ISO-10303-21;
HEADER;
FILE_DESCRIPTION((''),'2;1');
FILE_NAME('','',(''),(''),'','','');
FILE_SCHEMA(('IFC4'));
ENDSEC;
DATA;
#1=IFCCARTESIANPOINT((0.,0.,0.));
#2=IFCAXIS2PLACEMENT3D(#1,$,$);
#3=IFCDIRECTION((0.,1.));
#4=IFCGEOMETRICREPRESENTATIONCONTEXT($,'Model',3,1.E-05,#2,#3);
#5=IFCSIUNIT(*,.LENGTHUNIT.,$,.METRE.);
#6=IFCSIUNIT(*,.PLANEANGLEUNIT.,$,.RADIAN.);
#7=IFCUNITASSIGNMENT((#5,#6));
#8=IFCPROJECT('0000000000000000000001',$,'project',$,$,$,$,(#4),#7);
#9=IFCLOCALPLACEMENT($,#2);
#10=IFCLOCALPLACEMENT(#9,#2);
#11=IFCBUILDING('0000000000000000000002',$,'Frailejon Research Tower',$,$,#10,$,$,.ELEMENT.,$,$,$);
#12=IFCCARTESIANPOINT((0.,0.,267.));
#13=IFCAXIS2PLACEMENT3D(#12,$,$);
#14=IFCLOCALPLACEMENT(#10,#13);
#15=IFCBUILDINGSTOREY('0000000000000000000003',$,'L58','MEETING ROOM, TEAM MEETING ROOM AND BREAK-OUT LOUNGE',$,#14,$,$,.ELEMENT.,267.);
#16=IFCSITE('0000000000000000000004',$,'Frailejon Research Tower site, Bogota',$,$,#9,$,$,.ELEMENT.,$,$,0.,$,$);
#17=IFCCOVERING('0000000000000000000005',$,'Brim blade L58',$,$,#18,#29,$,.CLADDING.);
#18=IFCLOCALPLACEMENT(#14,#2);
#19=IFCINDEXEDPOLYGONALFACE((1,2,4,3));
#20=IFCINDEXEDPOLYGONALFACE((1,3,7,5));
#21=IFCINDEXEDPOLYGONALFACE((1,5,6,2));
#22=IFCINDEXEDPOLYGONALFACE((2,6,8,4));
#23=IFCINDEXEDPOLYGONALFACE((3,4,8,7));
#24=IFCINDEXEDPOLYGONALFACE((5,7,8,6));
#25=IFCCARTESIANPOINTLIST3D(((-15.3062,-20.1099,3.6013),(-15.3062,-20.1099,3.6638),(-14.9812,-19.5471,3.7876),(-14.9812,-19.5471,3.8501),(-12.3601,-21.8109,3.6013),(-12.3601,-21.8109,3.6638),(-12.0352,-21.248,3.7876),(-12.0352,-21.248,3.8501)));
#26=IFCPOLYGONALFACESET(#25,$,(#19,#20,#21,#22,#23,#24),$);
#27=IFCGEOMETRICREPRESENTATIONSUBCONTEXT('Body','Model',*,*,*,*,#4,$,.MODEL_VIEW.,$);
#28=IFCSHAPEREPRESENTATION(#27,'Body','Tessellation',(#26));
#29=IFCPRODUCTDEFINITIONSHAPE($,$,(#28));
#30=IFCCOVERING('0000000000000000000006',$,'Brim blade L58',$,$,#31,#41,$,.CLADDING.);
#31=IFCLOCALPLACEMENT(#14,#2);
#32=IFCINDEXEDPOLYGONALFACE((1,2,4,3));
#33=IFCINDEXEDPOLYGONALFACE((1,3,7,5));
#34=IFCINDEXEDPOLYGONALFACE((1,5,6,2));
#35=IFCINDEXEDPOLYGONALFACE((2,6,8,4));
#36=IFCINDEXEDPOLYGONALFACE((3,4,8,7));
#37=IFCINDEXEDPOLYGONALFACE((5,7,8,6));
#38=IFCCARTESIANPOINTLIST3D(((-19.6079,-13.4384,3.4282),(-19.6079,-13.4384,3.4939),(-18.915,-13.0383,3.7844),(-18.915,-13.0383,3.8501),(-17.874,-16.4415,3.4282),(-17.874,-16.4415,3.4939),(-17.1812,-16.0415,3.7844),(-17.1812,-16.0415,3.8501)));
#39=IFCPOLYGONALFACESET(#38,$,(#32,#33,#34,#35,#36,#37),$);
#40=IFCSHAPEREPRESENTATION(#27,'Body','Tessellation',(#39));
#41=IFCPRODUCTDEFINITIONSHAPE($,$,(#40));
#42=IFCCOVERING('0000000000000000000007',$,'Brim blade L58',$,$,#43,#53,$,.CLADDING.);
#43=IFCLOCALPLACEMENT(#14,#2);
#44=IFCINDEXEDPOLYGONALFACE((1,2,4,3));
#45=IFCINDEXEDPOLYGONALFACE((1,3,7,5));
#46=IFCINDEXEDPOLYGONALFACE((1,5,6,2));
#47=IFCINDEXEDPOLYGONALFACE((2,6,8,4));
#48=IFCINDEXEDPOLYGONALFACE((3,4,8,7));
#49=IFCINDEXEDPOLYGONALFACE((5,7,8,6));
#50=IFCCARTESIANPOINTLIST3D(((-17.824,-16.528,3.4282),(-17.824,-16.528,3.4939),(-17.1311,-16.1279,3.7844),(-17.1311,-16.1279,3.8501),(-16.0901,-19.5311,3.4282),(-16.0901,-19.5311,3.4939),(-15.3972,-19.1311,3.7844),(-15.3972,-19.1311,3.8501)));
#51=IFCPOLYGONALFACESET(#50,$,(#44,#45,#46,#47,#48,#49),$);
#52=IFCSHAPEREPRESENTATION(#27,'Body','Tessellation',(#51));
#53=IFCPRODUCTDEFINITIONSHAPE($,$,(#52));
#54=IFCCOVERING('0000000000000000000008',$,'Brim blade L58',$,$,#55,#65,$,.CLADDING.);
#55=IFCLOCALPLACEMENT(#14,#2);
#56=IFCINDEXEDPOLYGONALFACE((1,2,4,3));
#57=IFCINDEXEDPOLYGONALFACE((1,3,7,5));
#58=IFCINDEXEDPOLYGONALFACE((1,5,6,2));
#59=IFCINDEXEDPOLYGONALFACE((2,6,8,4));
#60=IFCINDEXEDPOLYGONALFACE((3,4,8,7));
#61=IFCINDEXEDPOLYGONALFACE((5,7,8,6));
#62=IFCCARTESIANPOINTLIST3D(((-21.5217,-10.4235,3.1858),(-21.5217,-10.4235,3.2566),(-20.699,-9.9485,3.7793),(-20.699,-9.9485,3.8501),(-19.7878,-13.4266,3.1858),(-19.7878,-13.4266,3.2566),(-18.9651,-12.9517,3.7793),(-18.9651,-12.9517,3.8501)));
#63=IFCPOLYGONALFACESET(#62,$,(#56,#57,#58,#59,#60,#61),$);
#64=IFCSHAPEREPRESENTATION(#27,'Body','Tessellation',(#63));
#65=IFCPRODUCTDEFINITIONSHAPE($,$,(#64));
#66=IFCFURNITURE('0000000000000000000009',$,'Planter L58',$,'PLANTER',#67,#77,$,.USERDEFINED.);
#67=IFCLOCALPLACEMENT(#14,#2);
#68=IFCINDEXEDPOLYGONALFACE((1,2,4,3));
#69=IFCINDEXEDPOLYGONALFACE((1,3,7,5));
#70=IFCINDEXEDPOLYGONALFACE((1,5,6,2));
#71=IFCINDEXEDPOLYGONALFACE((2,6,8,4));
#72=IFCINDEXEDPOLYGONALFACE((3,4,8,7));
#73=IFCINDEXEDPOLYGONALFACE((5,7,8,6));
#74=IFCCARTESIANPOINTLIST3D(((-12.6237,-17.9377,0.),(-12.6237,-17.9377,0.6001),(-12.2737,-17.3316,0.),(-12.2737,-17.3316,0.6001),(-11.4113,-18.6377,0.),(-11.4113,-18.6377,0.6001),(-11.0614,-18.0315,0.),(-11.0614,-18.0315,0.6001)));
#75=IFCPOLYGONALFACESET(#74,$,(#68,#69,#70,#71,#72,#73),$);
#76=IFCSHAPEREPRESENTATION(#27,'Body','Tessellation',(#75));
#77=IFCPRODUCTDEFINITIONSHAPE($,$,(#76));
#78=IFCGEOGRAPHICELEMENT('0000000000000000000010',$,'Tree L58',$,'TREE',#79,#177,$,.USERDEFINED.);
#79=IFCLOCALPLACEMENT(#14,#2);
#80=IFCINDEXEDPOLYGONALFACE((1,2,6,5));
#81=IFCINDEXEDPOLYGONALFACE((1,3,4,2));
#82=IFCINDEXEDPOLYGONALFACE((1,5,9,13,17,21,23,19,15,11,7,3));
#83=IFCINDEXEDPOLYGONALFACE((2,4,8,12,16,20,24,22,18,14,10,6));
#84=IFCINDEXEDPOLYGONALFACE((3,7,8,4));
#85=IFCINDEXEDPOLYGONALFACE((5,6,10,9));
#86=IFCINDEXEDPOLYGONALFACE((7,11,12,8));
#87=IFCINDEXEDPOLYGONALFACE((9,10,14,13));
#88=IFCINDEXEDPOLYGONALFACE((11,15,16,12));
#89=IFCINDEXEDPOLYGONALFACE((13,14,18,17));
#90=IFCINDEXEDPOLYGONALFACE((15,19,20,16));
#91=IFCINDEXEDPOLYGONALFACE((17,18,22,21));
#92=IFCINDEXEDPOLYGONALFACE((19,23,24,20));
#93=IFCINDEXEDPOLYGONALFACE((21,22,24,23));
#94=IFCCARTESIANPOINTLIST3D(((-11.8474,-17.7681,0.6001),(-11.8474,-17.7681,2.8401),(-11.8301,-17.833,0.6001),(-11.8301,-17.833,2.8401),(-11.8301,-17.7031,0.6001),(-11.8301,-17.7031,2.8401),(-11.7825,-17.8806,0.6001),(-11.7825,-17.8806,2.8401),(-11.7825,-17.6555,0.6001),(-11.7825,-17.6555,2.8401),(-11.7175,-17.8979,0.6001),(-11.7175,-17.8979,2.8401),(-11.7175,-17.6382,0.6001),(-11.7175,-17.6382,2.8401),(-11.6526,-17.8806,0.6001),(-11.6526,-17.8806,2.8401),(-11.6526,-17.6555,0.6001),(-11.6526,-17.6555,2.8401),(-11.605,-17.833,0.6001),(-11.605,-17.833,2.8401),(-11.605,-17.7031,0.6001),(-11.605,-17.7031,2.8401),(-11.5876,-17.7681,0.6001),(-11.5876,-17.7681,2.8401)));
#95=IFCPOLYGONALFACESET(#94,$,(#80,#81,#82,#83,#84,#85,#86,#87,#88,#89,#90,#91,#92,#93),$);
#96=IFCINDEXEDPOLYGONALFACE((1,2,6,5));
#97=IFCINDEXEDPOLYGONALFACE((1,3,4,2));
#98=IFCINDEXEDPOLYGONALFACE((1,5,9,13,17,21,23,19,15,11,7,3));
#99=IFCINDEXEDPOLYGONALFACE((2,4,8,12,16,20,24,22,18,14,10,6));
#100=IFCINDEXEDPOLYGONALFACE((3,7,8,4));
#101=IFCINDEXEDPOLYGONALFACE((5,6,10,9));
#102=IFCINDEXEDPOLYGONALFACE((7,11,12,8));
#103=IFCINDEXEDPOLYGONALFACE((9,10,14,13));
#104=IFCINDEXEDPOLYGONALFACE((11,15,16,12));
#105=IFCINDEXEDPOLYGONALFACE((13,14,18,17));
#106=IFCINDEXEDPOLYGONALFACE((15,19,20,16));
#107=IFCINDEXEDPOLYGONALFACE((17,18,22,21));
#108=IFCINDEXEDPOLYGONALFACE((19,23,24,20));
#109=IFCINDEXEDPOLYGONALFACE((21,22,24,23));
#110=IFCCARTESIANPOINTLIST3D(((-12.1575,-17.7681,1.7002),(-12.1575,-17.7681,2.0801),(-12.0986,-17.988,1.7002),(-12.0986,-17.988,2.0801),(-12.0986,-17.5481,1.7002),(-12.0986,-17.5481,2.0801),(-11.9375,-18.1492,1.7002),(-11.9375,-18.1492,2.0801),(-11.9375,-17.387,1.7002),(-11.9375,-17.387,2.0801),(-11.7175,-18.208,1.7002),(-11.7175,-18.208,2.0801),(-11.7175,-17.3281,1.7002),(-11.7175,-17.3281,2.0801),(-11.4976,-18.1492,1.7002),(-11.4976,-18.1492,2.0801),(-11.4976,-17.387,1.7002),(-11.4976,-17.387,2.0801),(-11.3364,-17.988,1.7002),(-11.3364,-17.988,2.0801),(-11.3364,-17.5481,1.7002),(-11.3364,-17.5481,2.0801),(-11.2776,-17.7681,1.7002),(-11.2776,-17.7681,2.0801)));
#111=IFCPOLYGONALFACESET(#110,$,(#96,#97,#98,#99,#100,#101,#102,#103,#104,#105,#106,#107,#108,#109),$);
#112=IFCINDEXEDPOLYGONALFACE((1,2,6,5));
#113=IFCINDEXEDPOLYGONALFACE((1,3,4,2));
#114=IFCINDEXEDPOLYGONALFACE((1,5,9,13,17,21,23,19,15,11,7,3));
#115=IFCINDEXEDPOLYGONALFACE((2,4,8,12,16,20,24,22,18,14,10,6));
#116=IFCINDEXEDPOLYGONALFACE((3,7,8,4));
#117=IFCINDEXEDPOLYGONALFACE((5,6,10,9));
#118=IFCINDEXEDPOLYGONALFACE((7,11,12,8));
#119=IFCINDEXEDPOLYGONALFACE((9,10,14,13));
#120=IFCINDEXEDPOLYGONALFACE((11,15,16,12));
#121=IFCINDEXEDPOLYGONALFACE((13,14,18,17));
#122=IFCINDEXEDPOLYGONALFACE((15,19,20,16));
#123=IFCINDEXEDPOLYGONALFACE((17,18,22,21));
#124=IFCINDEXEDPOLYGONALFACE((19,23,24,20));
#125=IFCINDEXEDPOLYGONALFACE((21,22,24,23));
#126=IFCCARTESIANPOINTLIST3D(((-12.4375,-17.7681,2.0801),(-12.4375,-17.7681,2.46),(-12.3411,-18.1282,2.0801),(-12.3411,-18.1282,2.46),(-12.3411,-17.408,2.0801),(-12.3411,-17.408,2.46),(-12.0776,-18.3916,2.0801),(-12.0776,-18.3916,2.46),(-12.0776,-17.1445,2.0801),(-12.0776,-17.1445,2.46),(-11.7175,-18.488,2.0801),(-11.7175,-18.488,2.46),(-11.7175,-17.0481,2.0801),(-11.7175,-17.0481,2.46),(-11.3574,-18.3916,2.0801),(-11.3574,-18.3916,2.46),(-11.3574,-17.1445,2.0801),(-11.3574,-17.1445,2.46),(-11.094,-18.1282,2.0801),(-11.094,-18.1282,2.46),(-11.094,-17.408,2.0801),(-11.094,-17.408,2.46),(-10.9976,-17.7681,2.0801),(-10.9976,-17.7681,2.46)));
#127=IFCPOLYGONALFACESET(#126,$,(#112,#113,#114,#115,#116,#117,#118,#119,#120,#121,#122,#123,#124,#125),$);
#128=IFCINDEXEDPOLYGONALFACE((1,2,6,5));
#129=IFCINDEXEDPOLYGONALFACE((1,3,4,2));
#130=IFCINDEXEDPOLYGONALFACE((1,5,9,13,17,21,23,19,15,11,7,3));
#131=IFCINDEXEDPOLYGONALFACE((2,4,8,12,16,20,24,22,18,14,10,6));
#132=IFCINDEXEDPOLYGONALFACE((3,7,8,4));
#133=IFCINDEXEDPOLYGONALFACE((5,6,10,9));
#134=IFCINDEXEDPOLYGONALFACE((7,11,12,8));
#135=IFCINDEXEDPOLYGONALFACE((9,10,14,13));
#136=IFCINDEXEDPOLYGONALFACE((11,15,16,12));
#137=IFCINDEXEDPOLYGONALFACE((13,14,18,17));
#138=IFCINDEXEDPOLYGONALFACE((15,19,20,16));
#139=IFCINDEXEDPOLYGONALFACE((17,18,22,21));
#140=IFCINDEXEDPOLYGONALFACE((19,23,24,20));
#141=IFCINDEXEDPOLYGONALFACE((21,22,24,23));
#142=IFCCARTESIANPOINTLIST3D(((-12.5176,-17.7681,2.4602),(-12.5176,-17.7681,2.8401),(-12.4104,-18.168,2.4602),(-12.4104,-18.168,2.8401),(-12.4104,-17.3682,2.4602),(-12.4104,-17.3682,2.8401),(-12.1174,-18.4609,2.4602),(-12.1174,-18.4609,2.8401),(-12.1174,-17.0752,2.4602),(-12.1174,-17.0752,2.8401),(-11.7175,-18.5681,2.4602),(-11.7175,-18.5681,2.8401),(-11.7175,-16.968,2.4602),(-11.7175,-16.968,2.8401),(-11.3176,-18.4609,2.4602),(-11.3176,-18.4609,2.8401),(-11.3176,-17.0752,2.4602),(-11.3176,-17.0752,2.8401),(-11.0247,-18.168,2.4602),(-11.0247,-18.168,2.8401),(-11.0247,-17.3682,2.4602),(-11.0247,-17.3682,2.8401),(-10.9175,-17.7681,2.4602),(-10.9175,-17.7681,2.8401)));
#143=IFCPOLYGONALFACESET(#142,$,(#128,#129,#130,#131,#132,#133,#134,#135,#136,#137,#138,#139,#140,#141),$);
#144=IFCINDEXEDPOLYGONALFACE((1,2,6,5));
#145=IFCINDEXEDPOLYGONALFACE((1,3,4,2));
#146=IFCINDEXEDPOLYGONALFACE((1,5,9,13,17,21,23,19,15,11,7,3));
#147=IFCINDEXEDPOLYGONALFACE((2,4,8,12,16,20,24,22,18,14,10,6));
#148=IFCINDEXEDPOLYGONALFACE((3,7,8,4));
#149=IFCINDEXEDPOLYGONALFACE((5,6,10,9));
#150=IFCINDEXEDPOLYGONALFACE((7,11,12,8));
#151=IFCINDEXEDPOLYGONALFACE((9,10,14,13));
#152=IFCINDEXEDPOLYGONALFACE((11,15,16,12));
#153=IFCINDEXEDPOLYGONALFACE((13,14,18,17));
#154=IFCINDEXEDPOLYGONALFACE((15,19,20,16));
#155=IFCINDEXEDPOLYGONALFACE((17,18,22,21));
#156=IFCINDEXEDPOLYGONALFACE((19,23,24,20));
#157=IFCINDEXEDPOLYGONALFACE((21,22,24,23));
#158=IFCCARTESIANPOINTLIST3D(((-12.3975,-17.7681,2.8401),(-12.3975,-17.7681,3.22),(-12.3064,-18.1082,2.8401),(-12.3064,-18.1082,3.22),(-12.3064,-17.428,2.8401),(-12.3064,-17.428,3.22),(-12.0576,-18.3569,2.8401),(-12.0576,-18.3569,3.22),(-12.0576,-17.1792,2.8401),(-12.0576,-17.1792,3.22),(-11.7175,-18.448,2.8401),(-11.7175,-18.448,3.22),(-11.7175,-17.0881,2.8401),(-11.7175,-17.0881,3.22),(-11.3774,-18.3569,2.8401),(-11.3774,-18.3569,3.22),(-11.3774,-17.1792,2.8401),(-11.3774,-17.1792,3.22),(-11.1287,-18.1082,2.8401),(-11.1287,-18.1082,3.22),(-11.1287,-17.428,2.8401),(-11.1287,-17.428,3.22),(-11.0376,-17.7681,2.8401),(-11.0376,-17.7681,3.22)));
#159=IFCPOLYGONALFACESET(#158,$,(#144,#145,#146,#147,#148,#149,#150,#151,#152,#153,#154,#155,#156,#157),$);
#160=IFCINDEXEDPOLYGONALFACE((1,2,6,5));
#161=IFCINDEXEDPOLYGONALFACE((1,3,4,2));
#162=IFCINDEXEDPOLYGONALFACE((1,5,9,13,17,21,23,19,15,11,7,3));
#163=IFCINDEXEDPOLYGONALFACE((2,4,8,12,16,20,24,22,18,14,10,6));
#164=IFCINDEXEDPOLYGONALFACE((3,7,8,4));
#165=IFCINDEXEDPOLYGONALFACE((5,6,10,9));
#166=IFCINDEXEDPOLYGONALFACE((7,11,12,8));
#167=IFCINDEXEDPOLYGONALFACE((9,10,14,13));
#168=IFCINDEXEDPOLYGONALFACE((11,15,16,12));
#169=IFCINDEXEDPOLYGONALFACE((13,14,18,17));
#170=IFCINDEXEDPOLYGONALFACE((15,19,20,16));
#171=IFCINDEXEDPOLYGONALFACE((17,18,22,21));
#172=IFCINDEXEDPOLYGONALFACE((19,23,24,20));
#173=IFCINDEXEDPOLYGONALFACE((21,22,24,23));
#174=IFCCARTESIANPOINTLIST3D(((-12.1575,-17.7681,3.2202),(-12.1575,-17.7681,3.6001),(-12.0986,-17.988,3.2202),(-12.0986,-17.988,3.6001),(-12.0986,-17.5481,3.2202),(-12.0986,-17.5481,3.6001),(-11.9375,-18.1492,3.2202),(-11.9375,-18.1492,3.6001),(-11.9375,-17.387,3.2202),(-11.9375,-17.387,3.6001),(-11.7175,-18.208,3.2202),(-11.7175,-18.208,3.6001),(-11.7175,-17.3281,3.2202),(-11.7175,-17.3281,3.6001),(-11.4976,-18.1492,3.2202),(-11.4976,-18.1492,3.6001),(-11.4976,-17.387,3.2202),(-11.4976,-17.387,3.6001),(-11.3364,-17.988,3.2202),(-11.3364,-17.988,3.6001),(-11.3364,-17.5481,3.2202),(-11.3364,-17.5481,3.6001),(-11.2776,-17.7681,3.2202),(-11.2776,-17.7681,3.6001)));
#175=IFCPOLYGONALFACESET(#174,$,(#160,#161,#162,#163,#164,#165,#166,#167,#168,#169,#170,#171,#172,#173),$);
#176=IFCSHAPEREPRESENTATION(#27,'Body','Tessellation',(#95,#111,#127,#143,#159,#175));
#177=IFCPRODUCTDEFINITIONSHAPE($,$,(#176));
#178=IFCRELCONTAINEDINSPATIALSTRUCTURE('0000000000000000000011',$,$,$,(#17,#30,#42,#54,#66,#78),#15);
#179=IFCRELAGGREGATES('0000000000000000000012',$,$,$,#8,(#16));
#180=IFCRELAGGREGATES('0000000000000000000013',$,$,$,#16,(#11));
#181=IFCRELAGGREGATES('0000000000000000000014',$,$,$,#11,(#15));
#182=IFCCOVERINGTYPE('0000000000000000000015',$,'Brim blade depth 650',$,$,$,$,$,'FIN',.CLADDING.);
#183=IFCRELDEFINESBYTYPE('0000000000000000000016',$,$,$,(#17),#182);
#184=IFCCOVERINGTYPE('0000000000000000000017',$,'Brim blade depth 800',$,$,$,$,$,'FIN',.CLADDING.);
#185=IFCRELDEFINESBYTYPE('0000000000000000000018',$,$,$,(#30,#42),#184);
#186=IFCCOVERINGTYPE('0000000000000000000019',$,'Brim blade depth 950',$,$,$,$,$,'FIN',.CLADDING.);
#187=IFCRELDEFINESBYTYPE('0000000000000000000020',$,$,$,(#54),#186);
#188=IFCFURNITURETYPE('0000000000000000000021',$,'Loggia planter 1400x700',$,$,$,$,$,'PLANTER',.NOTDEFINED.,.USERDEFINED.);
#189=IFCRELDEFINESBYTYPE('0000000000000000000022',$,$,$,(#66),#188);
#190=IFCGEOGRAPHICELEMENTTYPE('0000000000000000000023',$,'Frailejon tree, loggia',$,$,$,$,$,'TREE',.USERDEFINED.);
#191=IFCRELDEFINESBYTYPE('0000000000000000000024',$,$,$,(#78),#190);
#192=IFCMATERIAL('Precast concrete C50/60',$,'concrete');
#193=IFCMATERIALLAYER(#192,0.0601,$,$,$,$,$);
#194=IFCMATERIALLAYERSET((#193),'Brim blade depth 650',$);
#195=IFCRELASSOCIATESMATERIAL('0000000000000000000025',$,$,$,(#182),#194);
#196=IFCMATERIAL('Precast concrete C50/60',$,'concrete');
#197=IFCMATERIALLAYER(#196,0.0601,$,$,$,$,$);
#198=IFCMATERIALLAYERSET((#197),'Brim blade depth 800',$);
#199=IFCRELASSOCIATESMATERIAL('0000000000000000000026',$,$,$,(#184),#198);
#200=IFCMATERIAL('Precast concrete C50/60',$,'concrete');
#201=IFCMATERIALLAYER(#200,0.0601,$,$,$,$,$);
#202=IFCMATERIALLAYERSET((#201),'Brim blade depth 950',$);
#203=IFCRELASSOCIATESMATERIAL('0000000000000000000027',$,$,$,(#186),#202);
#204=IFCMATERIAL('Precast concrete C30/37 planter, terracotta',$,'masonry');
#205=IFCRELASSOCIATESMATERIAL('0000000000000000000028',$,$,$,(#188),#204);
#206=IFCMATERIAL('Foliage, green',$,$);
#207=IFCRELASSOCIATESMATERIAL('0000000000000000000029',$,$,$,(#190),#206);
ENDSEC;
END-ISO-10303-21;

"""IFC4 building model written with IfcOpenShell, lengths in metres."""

from ifc_helpers import new_model, si_unit, direction, frame, origin, origin_2d, place, context, subcontext, project, spatial, polyline, rectangle, outline, extrude, material, layer, layer_set, type_object, element, save


model = new_model("IFC4")

# Units and contexts
model_context = context("Model", 3, precision=1e-05, world=origin(), true_north=direction((0.0, 1.0)))
body_context = subcontext(model_context, "Body", "Model", "MODEL_VIEW")
ifc_project = project(units=[si_unit("LENGTHUNIT", "METRE"), si_unit("PLANEANGLEUNIT", "RADIAN")], contexts=[model_context])

# Site, building, storey
site_placement = place(None, origin())
site = spatial("IfcSite", under=ifc_project, at=site_placement, Name="Frailejon Research Tower site, Bogota", CompositionType="ELEMENT", RefElevation=0.0)
building_placement = place(site_placement, origin())
building = spatial("IfcBuilding", under=site, at=building_placement, Name="Frailejon Research Tower", CompositionType="ELEMENT")
storey_placement = place(building_placement, frame((0.0, 0.0, 267.0)))
storey = spatial("IfcBuildingStorey", under=building, at=storey_placement, Name="L58", Description="MEETING ROOM, TEAM MEETING ROOM AND BREAK-OUT LOUNGE", CompositionType="ELEMENT", Elevation=267.0)

# Coverings
ifc_material_1 = material(Name="Precast concrete C50/60", Category="concrete")
ifc_layer_1 = layer(ifc_material_1, 0.0601)
ifc_layer_set_1 = layer_set([ifc_layer_1], Name="Brim blade depth 650")
covering_type_1 = type_object("IfcCoveringType", Name="Brim blade depth 650", ElementType="FIN", PredefinedType="CLADDING", material=ifc_layer_set_1)
covering_1_placement = place(storey_placement, frame((-12.0352, -21.248, 3.8501), z_axis=(-0.866017, 0.500015, 0.0), x_axis=(-0.500015, -0.866017, 0.0)))
element("IfcCovering", 1, at=covering_1_placement, inside=storey, type_object=covering_type_1, Name="Brim blade L58", PredefinedType="CLADDING", context=body_context, shape_type="SweptSolid", body=[
    extrude(outline(polyline([(0.0, -0.0625), (0.6499, -0.2488), (0.6499, -0.1863), (0.0, 0.0), (0.0, -0.0625)])), origin(), (0.0, 0.0, 1.0), 3.4019),
])
ifc_material_2 = material(Name="Precast concrete C50/60", Category="concrete")
ifc_layer_2 = layer(ifc_material_2, 0.0601)
ifc_layer_set_2 = layer_set([ifc_layer_2], Name="Brim blade depth 800")
covering_type_2 = type_object("IfcCoveringType", Name="Brim blade depth 800", ElementType="FIN", PredefinedType="CLADDING", material=ifc_layer_set_2)
for number, where, z_axis, x_axis, name in (
    (2, (-17.1812, -16.0415, 3.8501), (-0.500001, 0.866025, 0.0), (-0.866025, -0.500001, 0.0), "Brim blade L58"),
    (3, (-15.3972, -19.1311, 3.8501), (-0.500013, 0.866018, 0.0), (-0.866018, -0.500013, 0.0), "Brim blade L58"),
):
    element("IfcCovering", number, at=place(storey_placement, frame(where, z_axis=z_axis, x_axis=x_axis)), inside=storey, type_object=covering_type_2, Name=name, PredefinedType="CLADDING", context=body_context, shape_type="SweptSolid", body=[
        extrude(outline(polyline([(0.0, -0.0657), (0.8, -0.4219), (0.8, -0.3562), (0.0, 0.0), (0.0, -0.0657)])), origin(), (0.0, 0.0, 1.0), 3.4678),
    ])
ifc_material_3 = material(Name="Precast concrete C50/60", Category="concrete")
ifc_layer_3 = layer(ifc_material_3, 0.0601)
ifc_layer_set_3 = layer_set([ifc_layer_3], Name="Brim blade depth 950")
covering_type_3 = type_object("IfcCoveringType", Name="Brim blade depth 950", ElementType="FIN", PredefinedType="CLADDING", material=ifc_layer_set_3)
covering_2_placement = place(storey_placement, frame((-18.9651, -12.9517, 3.8501), z_axis=(-0.500001, 0.866025, 0.0), x_axis=(-0.866025, -0.500001, 0.0)))
element("IfcCovering", 4, at=covering_2_placement, inside=storey, type_object=covering_type_3, Name="Brim blade L58", PredefinedType="CLADDING", context=body_context, shape_type="SweptSolid", body=[
    extrude(outline(polyline([(0.0, -0.0708), (0.95, -0.6643), (0.95, -0.5935), (0.0, 0.0), (0.0, -0.0708)])), origin(), (0.0, 0.0, 1.0), 3.4678),
])

# Furniture
ifc_material_4 = material(Name="Precast concrete C30/37 planter, terracotta", Category="masonry")
furniture_type = type_object("IfcFurnitureType", Name="Loggia planter 1400x700", ElementType="PLANTER", AssemblyPlace="NOTDEFINED", PredefinedType="USERDEFINED", material=ifc_material_4)
furniture_placement = place(storey_placement, frame((-11.8425, -17.9846, 0.0), z_axis=(0.0, 0.0, 1.0), x_axis=(0.866025, -0.5, 0.0)))
element("IfcFurniture", 5, at=furniture_placement, inside=storey, type_object=furniture_type, Name="Planter L58", ObjectType="PLANTER", PredefinedType="USERDEFINED", context=body_context, shape_type="SweptSolid", body=[
    extrude(rectangle(XDim=1.3999, YDim=0.7, at=origin_2d()), origin(), (0.0, 0.0, 1.0), 0.6001),
])

# Geographic element
ifc_material_5 = material(Name="Foliage, green")
geographic_element_type = type_object("IfcGeographicElementType", Name="Frailejon tree, loggia", ElementType="TREE", PredefinedType="USERDEFINED", material=ifc_material_5)
geographic_element_placement = place(storey_placement, frame((-11.7175, -17.7681, 0.6001)))
element("IfcGeographicElement", 6, at=geographic_element_placement, inside=storey, type_object=geographic_element_type, Name="Tree L58", ObjectType="TREE", PredefinedType="USERDEFINED", context=body_context, shape_type="SweptSolid", body=[
    extrude(outline(polyline([(0.1299, 0.0), (0.1125, 0.0649), (0.0649, 0.1125), (0.0, 0.1299), (-0.0649, 0.1125), (-0.1125, 0.0649), (-0.1299, 0.0), (-0.1125, -0.0649), (-0.0649, -0.1125), (0.0, -0.1299), (0.0649, -0.1125), (0.1125, -0.0649), (0.1299, 0.0)])), origin(), (0.0, 0.0, 1.0), 2.24),
    extrude(outline(polyline([(0.4399, 0.0), (0.3811, 0.22), (0.22, 0.3811), (0.0, 0.4399), (-0.22, 0.3811), (-0.3811, 0.22), (-0.4399, 0.0), (-0.3811, -0.22), (-0.22, -0.3811), (0.0, -0.4399), (0.22, -0.3811), (0.3811, -0.22), (0.4399, 0.0)])), frame((0.0, 0.0, 1.1001)), (0.0, 0.0, 1.0), 0.3799),
    extrude(outline(polyline([(0.72, 0.0), (0.6235, 0.3601), (0.3601, 0.6235), (0.0, 0.72), (-0.3601, 0.6235), (-0.6235, 0.3601), (-0.72, 0.0), (-0.6235, -0.3601), (-0.3601, -0.6235), (0.0, -0.72), (0.3601, -0.6235), (0.6235, -0.3601), (0.72, 0.0)])), frame((0.0, 0.0, 1.48)), (0.0, 0.0, 1.0), 0.3799),
    extrude(outline(polyline([(0.8, 0.0), (0.6929, 0.3999), (0.3999, 0.6929), (0.0, 0.8), (-0.3999, 0.6929), (-0.6929, 0.3999), (-0.8, 0.0), (-0.6929, -0.3999), (-0.3999, -0.6929), (0.0, -0.8), (0.3999, -0.6929), (0.6929, -0.3999), (0.8, 0.0)])), frame((0.0, 0.0, 1.8601)), (0.0, 0.0, 1.0), 0.3799),
    extrude(outline(polyline([(0.6799, 0.0), (0.5889, 0.3401), (0.3401, 0.5889), (0.0, 0.6799), (-0.3401, 0.5889), (-0.5889, 0.3401), (-0.6799, 0.0), (-0.5889, -0.3401), (-0.3401, -0.5889), (0.0, -0.6799), (0.3401, -0.5889), (0.5889, -0.3401), (0.6799, 0.0)])), frame((0.0, 0.0, 2.24)), (0.0, 0.0, 1.0), 0.3799),
    extrude(outline(polyline([(0.4399, 0.0), (0.3811, 0.22), (0.22, 0.3811), (0.0, 0.4399), (-0.22, 0.3811), (-0.3811, 0.22), (-0.4399, 0.0), (-0.3811, -0.22), (-0.22, -0.3811), (0.0, -0.4399), (0.22, -0.3811), (0.3811, -0.22), (0.4399, 0.0)])), frame((0.0, 0.0, 2.6201)), (0.0, 0.0, 1.0), 0.3799),
])

save(model, "model.ifc")
